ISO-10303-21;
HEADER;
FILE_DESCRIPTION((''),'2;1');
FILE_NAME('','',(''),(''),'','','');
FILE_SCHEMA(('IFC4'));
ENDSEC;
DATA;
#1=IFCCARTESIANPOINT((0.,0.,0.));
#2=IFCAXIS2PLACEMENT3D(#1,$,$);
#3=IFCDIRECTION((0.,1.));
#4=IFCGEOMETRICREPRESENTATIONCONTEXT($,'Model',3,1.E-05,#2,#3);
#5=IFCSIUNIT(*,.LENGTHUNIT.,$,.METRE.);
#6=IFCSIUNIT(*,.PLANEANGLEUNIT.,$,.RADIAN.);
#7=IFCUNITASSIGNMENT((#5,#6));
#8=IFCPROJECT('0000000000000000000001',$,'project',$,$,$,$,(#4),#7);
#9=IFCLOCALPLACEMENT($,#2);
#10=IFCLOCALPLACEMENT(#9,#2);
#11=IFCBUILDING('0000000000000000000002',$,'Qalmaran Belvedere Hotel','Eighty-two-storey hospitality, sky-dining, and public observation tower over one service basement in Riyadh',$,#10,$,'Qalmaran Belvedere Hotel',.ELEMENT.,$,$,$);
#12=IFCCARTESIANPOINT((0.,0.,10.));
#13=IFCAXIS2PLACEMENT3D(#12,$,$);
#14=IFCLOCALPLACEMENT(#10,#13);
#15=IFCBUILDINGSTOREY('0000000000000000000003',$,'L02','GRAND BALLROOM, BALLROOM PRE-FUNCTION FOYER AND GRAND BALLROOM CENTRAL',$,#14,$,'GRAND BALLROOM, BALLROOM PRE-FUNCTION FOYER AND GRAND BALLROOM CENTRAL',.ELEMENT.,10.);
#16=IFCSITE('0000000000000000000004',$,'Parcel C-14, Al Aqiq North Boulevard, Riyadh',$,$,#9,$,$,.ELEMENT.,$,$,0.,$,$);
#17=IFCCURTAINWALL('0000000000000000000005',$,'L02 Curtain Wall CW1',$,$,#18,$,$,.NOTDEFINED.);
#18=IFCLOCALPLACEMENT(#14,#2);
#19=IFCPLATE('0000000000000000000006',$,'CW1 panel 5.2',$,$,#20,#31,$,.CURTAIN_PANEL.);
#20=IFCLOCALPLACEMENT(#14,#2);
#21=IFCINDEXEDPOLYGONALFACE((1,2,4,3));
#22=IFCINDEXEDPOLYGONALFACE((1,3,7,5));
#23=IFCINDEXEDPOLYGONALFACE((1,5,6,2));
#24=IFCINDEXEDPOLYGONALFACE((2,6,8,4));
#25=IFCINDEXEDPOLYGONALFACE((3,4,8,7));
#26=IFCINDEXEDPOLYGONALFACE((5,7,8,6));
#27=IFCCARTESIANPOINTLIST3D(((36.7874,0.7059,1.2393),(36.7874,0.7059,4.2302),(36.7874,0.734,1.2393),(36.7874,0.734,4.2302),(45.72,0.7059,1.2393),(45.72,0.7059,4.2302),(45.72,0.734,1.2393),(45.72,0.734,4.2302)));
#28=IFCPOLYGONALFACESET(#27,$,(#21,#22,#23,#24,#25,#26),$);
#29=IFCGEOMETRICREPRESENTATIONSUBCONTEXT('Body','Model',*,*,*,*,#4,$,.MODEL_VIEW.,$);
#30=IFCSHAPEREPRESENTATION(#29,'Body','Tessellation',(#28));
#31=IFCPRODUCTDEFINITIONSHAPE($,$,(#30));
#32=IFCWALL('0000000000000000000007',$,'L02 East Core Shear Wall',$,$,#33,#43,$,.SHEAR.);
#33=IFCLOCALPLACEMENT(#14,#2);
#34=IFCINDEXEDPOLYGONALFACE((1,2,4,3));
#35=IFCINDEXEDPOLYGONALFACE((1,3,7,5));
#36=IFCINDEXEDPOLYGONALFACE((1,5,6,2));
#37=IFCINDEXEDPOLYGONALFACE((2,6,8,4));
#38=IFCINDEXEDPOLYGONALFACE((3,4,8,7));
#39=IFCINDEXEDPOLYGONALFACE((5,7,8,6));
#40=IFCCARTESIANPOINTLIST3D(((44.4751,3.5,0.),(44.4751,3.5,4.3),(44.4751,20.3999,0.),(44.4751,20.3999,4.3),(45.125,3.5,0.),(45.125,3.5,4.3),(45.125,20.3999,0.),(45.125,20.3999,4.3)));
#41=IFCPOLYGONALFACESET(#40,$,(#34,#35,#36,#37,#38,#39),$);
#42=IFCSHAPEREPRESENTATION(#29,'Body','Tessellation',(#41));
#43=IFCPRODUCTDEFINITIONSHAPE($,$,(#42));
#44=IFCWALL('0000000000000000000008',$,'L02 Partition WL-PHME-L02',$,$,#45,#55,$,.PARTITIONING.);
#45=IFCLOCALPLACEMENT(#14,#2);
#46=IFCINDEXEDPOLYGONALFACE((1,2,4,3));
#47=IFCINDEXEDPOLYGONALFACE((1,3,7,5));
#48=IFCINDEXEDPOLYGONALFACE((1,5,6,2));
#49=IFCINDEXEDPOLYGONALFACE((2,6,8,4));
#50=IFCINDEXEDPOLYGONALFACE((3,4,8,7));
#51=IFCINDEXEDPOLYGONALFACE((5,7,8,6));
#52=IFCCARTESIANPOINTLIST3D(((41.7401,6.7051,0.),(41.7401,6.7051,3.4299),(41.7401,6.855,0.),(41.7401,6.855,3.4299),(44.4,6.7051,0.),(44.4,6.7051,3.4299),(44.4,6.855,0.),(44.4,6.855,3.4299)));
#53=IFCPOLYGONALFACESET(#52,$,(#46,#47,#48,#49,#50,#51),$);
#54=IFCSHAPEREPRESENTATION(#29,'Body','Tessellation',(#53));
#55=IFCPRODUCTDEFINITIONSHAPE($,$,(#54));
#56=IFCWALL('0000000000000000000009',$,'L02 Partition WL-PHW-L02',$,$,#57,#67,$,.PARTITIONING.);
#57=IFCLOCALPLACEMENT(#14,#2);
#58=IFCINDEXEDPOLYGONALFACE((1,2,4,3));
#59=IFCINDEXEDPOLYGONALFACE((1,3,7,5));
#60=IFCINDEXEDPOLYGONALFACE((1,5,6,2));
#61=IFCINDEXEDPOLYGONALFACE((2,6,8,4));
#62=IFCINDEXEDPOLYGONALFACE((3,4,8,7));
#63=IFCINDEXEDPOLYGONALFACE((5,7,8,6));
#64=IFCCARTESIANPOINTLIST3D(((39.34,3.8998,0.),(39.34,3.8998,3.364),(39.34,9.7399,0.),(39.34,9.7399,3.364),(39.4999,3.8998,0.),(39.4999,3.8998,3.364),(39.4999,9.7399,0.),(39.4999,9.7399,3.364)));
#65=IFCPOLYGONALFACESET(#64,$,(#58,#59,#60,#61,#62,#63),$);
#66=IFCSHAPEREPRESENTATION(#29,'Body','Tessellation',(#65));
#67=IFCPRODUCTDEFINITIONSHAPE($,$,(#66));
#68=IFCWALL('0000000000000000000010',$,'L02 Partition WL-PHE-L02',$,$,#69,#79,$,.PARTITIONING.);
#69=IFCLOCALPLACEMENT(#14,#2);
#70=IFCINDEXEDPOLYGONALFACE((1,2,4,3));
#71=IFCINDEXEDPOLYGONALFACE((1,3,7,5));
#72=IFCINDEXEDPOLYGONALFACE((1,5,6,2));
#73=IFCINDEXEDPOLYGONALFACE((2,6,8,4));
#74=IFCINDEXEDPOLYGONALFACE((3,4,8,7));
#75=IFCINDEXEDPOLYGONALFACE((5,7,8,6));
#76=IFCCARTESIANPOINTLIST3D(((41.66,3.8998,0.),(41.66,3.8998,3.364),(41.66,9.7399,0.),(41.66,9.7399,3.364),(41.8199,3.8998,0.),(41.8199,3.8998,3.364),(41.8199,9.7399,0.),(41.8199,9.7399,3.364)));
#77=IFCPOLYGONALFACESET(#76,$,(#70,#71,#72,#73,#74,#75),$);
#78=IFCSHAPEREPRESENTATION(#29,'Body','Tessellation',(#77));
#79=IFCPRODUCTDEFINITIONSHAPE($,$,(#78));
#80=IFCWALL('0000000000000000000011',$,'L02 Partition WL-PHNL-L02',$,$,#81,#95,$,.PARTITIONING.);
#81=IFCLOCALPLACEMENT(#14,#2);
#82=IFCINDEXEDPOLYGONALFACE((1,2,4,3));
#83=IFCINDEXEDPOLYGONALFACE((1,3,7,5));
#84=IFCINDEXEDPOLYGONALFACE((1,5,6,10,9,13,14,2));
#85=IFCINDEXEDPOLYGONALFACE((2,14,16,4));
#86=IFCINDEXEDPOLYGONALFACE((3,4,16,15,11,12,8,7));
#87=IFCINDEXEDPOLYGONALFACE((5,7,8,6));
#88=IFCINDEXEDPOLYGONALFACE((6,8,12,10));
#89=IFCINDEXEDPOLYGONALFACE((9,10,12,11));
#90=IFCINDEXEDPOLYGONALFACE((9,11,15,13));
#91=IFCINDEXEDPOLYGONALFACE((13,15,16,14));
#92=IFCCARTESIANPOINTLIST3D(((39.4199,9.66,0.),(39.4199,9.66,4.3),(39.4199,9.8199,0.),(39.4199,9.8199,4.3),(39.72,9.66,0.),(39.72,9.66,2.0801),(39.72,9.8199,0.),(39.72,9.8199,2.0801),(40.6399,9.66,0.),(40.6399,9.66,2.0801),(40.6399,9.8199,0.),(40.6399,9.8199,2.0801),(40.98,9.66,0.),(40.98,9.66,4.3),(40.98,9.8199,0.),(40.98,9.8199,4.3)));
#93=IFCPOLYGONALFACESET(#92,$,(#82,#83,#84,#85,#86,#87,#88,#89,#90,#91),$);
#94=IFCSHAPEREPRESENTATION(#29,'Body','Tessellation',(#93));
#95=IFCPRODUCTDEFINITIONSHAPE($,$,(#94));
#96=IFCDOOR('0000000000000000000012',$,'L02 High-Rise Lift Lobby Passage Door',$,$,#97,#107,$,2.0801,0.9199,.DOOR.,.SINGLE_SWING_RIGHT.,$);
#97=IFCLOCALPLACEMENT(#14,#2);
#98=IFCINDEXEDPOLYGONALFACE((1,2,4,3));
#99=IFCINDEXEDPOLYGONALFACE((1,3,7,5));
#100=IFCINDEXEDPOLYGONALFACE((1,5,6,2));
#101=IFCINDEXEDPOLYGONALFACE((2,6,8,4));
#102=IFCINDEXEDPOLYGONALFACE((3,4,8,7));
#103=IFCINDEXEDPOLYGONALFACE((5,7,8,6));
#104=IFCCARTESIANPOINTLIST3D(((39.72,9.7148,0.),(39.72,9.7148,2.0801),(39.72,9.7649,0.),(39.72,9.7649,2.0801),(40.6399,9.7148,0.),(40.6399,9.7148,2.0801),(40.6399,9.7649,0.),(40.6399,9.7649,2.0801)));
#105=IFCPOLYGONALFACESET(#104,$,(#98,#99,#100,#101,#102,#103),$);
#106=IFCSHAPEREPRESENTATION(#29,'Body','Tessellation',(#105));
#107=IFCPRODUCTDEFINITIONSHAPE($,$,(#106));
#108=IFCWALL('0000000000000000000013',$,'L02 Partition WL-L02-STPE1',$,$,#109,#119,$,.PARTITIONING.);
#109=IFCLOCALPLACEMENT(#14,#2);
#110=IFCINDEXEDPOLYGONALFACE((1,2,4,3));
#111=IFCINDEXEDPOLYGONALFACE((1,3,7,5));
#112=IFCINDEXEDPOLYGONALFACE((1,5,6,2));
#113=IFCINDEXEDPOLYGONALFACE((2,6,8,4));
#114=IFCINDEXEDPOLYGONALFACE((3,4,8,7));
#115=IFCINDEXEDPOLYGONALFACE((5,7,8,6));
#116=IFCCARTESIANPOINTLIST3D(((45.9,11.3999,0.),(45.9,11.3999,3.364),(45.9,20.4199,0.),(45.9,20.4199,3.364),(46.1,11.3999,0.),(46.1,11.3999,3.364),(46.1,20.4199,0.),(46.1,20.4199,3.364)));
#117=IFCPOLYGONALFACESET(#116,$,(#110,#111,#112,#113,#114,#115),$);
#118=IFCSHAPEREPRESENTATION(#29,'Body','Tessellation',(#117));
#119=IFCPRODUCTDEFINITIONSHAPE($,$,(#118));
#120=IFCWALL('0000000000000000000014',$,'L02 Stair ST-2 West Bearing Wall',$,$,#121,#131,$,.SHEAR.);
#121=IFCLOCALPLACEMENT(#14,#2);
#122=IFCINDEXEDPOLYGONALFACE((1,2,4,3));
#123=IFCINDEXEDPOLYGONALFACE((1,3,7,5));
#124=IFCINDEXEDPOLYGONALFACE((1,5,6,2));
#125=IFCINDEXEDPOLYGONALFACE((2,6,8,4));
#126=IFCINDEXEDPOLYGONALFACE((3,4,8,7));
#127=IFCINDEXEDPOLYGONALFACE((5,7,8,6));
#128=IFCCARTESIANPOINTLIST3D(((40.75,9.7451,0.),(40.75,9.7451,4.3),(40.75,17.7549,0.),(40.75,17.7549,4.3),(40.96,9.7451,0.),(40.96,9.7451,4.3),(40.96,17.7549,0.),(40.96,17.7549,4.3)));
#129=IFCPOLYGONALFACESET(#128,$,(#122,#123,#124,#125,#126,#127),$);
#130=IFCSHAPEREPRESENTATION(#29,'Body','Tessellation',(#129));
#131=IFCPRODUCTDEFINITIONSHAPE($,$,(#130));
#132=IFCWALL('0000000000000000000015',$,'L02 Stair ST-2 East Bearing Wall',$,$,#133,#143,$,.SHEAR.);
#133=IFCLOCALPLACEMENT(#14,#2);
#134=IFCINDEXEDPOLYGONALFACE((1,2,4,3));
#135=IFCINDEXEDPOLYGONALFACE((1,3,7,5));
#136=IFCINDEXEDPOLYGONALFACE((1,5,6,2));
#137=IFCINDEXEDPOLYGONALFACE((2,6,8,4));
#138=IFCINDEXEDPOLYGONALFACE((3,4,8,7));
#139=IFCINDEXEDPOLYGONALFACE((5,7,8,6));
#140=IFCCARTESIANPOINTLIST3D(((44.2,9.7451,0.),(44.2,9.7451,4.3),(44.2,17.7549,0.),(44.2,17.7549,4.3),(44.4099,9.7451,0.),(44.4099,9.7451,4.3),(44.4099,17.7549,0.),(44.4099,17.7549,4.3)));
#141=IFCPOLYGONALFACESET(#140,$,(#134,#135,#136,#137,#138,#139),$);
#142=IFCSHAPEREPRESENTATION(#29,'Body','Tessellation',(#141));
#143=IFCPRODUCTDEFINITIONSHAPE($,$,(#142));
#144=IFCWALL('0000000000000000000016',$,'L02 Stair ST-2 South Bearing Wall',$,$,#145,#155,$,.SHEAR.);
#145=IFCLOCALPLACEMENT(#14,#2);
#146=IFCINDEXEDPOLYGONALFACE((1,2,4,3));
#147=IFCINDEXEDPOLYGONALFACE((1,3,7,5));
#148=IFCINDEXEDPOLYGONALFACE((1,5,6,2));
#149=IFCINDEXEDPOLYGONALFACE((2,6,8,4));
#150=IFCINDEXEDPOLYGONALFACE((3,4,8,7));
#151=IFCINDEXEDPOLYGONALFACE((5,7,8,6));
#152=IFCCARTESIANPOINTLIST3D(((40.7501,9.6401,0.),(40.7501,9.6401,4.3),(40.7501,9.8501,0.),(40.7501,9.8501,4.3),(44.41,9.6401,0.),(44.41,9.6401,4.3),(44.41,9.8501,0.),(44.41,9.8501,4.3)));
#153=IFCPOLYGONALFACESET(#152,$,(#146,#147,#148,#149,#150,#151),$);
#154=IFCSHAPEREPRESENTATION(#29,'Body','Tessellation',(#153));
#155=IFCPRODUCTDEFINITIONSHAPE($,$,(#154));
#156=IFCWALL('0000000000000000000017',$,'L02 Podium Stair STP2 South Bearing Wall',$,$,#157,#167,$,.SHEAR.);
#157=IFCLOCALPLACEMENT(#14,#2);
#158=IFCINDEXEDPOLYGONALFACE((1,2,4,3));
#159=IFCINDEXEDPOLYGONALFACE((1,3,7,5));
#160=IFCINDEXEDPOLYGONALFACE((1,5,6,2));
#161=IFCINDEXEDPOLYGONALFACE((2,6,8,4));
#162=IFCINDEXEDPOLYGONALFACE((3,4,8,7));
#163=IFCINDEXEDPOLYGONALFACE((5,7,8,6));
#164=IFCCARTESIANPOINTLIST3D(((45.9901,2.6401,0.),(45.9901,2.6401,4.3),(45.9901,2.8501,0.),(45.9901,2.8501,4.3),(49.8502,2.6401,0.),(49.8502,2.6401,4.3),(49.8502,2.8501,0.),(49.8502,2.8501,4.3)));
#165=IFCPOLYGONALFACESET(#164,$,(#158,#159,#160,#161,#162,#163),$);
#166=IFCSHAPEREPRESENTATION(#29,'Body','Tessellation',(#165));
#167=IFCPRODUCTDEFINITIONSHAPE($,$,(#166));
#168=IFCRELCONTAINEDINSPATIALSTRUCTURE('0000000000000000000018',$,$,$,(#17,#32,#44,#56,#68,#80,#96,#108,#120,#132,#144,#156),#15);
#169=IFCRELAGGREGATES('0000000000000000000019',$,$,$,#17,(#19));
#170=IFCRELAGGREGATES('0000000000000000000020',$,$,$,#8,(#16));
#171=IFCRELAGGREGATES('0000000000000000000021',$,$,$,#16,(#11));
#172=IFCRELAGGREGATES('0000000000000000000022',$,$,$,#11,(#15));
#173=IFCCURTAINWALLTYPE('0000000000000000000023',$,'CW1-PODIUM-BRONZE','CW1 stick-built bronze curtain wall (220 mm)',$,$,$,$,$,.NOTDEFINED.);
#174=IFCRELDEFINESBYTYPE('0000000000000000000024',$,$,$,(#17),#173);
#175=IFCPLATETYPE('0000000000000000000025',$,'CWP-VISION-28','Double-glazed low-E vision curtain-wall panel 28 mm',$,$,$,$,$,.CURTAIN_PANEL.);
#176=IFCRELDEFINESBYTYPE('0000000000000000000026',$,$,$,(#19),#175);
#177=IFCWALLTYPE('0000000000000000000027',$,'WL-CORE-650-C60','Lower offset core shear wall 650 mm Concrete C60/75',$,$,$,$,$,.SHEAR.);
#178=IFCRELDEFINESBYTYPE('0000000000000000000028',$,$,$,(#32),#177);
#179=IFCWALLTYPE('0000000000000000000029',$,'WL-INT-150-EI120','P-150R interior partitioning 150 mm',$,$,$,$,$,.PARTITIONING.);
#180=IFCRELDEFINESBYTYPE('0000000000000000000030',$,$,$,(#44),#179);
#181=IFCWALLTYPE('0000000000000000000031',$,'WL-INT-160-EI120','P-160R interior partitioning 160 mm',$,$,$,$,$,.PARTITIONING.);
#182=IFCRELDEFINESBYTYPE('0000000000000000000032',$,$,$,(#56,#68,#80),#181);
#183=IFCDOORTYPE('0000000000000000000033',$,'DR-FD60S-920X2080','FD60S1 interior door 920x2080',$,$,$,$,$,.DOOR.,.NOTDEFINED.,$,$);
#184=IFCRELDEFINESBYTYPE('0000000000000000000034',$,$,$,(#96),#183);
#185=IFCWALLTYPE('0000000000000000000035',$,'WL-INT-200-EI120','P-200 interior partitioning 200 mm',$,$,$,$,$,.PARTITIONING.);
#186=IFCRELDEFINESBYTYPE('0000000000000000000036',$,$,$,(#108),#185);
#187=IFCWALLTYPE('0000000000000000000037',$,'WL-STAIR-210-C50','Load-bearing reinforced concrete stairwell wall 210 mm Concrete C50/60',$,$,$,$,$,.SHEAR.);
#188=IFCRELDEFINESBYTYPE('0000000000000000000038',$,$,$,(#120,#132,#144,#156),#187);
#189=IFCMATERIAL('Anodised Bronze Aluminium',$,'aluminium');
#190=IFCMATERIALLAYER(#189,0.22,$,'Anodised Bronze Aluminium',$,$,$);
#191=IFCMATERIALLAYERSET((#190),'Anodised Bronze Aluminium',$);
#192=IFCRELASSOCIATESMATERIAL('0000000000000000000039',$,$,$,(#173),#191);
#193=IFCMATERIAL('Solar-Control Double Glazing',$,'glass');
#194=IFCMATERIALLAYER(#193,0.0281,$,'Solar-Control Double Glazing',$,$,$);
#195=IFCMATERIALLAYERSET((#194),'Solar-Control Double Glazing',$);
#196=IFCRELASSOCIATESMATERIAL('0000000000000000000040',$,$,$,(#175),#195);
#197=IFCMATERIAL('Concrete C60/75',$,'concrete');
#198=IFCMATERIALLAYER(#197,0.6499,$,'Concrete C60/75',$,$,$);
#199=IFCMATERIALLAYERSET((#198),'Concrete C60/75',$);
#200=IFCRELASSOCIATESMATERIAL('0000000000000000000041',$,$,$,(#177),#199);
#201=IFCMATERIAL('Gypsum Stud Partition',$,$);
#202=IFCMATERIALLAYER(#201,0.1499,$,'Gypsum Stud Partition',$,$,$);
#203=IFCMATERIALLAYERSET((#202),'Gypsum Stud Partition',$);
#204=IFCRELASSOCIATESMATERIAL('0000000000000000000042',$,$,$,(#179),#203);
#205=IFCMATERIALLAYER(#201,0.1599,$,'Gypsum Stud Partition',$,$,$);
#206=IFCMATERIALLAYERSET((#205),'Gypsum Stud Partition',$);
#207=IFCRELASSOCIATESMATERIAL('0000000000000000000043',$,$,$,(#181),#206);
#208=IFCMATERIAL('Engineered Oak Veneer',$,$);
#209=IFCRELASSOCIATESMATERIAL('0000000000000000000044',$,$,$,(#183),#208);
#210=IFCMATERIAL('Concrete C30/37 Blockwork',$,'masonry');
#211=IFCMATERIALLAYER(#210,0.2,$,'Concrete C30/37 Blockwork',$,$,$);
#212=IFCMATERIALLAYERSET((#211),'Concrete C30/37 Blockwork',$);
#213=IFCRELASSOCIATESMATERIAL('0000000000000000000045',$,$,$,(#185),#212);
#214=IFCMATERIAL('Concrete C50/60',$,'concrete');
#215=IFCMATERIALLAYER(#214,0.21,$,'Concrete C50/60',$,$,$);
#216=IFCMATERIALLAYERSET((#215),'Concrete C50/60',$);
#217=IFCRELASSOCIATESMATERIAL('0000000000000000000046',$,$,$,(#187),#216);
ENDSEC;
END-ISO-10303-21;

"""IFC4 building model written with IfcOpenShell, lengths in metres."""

from ifc_helpers import new_model, si_unit, direction, frame, frame_2d, origin, origin_2d, place, context, subcontext, project, spatial, rectangle, extrude, material, layer, layer_set, type_object, element, fill, aggregate, save


model = new_model("IFC4")

# Units and contexts
model_context = context("Model", 3, precision=1e-05, world=origin(), true_north=direction((0.0, 1.0)))
body_context = subcontext(model_context, "Body", "Model", "MODEL_VIEW")
ifc_project = project(units=[si_unit("LENGTHUNIT", "METRE"), si_unit("PLANEANGLEUNIT", "RADIAN")], contexts=[model_context])

# Site, building, storey
site_placement = place(None, origin())
site = spatial("IfcSite", under=ifc_project, at=site_placement, Name="Parcel C-14, Al Aqiq North Boulevard, Riyadh", CompositionType="ELEMENT", RefElevation=0.0)
building_placement = place(site_placement, origin())
building = spatial("IfcBuilding", under=site, at=building_placement, Name="Qalmaran Belvedere Hotel", Description="Eighty-two-storey hospitality, sky-dining, and public observation tower over one service basement in Riyadh", LongName="Qalmaran Belvedere Hotel", CompositionType="ELEMENT")
storey_placement = place(building_placement, frame((0.0, 0.0, 10.0)))
storey = spatial("IfcBuildingStorey", under=building, at=storey_placement, Name="L02", Description="GRAND BALLROOM, BALLROOM PRE-FUNCTION FOYER AND GRAND BALLROOM CENTRAL", LongName="GRAND BALLROOM, BALLROOM PRE-FUNCTION FOYER AND GRAND BALLROOM CENTRAL", CompositionType="ELEMENT", Elevation=10.0)

# Shared definitions
ifc_material_1 = material(Name="Concrete C60/75", Category="concrete")

# Curtain wall, plate
ifc_material_2 = material(Name="Anodised Bronze Aluminium", Category="aluminium")
ifc_layer_1 = layer(ifc_material_2, 0.22, Name="Anodised Bronze Aluminium")
ifc_layer_set_1 = layer_set([ifc_layer_1], Name="Anodised Bronze Aluminium")
curtain_wall_type = type_object("IfcCurtainWallType", Name="CW1-PODIUM-BRONZE", Description="CW1 stick-built bronze curtain wall (220 mm)", PredefinedType="NOTDEFINED", material=ifc_layer_set_1)
curtain_wall_placement = place(storey_placement, origin())
curtain_wall = element("IfcCurtainWall", 1, at=curtain_wall_placement, inside=storey, type_object=curtain_wall_type, Name="L02 Curtain Wall CW1", PredefinedType="NOTDEFINED")
ifc_material_3 = material(Name="Solar-Control Double Glazing", Category="glass")
ifc_layer_2 = layer(ifc_material_3, 0.0281, Name="Solar-Control Double Glazing")
ifc_layer_set_2 = layer_set([ifc_layer_2], Name="Solar-Control Double Glazing")
plate_type_1 = type_object("IfcPlateType", Name="CWP-VISION-28", Description="Double-glazed low-E vision curtain-wall panel 28 mm", PredefinedType="CURTAIN_PANEL", material=ifc_layer_set_2)
plate_1_placement = place(storey_placement, frame((41.2537, 0.72, 1.2393), z_axis=(0.0, 0.0, 1.0), x_axis=(1.0, 0.0, 0.0)))
plate_1 = element("IfcPlate", 2, at=plate_1_placement, type_object=plate_type_1, Name="CW1 panel 5.2", PredefinedType="CURTAIN_PANEL", context=body_context, shape_type="SweptSolid", body=[
    extrude(rectangle(XDim=8.9326, YDim=0.0281, at=origin_2d()), origin(), (0.0, 0.0, 1.0), 2.991),
])
aggregate(curtain_wall, [plate_1])

# Walls
ifc_layer_3 = layer(ifc_material_1, 0.6499, Name="Concrete C60/75")
ifc_layer_set_3 = layer_set([ifc_layer_3], Name="Concrete C60/75")
wall_type_1 = type_object("IfcWallType", Name="WL-CORE-650-C60", Description="Lower offset core shear wall 650 mm Concrete C60/75", PredefinedType="SHEAR", material=ifc_layer_set_3)
wall_1_placement = place(storey_placement, frame((44.8, 3.5, 0.0), z_axis=(0.0, 0.0, 1.0), x_axis=(0.0, 1.0, 0.0)))
element("IfcWall", 3, at=wall_1_placement, inside=storey, type_object=wall_type_1, Name="L02 East Core Shear Wall", PredefinedType="SHEAR", context=body_context, shape_type="SweptSolid", body=[
    extrude(rectangle(XDim=16.8999, YDim=0.6499, at=frame_2d((8.45, 0.0))), origin(), (0.0, 0.0, 1.0), 4.3),
])
ifc_material_4 = material(Name="Gypsum Stud Partition")
ifc_layer_4 = layer(ifc_material_4, 0.1499, Name="Gypsum Stud Partition")
ifc_layer_set_4 = layer_set([ifc_layer_4], Name="Gypsum Stud Partition")
wall_type_2 = type_object("IfcWallType", Name="WL-INT-150-EI120", Description="P-150R interior partitioning 150 mm", PredefinedType="PARTITIONING", material=ifc_layer_set_4)
wall_2_placement = place(storey_placement, frame((41.74, 6.78, 0.0), z_axis=(0.0, 0.0, 1.0), x_axis=(1.0, 0.0, 0.0)))
element("IfcWall", 4, at=wall_2_placement, inside=storey, type_object=wall_type_2, Name="L02 Partition WL-PHME-L02", PredefinedType="PARTITIONING", context=body_context, shape_type="SweptSolid", body=[
    extrude(rectangle(XDim=2.6599, YDim=0.1499, at=frame_2d((1.3301, 0.0))), origin(), (0.0, 0.0, 1.0), 3.4299),
])
ifc_layer_5 = layer(ifc_material_4, 0.1599, Name="Gypsum Stud Partition")
ifc_layer_set_5 = layer_set([ifc_layer_5], Name="Gypsum Stud Partition")
wall_type_3 = type_object("IfcWallType", Name="WL-INT-160-EI120", Description="P-160R interior partitioning 160 mm", PredefinedType="PARTITIONING", material=ifc_layer_set_5)
for number, where, z_axis, x_axis, name in (
    (5, (39.4199, 3.8999, 0.0), (0.0, 0.0, 1.0), (0.0, 1.0, 0.0), "L02 Partition WL-PHW-L02"),
    (6, (41.74, 3.8999, 0.0), (0.0, 0.0, 1.0), (0.0, 1.0, 0.0), "L02 Partition WL-PHE-L02"),
):
    element("IfcWall", number, at=place(storey_placement, frame(where, z_axis=z_axis, x_axis=x_axis)), inside=storey, type_object=wall_type_3, Name=name, PredefinedType="PARTITIONING", context=body_context, shape_type="SweptSolid", body=[
        extrude(rectangle(XDim=5.8401, YDim=0.1599, at=frame_2d((2.9199, 0.0))), origin(), (0.0, 0.0, 1.0), 3.364),
    ])

# Wall, opening, door
wall_3_placement = place(storey_placement, frame((39.4199, 9.74, 0.0), z_axis=(0.0, 0.0, 1.0), x_axis=(1.0, 0.0, 0.0)))
wall_3 = element("IfcWall", 7, at=wall_3_placement, inside=storey, type_object=wall_type_3, Name="L02 Partition WL-PHNL-L02", PredefinedType="PARTITIONING", context=body_context, shape_type="SweptSolid", body=[
    extrude(rectangle(XDim=1.5601, YDim=0.1599, at=frame_2d((0.78, 0.0))), origin(), (0.0, 0.0, 1.0), 4.3),
])
opening_1_placement = place(wall_3_placement, frame((0.3, 0.0, 0.0)))
opening_1 = element("IfcOpeningElement", 8, at=opening_1_placement, cuts=wall_3, PredefinedType="OPENING", context=body_context, shape_type="SweptSolid", body=[
    extrude(rectangle(XDim=0.9199, YDim=2.0801, at=frame_2d((0.46, 1.04))), frame((0.0, 0.0898, 0.0), z_axis=(0.0, -1.0, 0.0), x_axis=(1.0, 0.0, 0.0)), (0.0, 0.0, 1.0), 0.1799),
])
ifc_material_5 = material(Name="Engineered Oak Veneer")
door_type_1 = type_object("IfcDoorType", Name="DR-FD60S-920X2080", Description="FD60S1 interior door 920x2080", OperationType="NOTDEFINED", PredefinedType="DOOR", material=ifc_material_5)
door_1_placement = place(opening_1_placement, origin())
door_1 = element("IfcDoor", 9, at=door_1_placement, inside=storey, type_object=door_type_1, Name="L02 High-Rise Lift Lobby Passage Door", OperationType="SINGLE_SWING_RIGHT", OverallHeight=2.0801, OverallWidth=0.9199, PredefinedType="DOOR", context=body_context, shape_type="SweptSolid", body=[
    extrude(rectangle(XDim=0.9199, YDim=2.0801, at=frame_2d((0.46, 1.04))), frame((0.0, 0.0249, 0.0), z_axis=(0.0, -1.0, 0.0), x_axis=(1.0, 0.0, 0.0)), (0.0, 0.0, 1.0), 0.05),
])
fill(opening_1, door_1)

# Walls
ifc_material_6 = material(Name="Concrete C30/37 Blockwork", Category="masonry")
ifc_layer_6 = layer(ifc_material_6, 0.2, Name="Concrete C30/37 Blockwork")
ifc_layer_set_6 = layer_set([ifc_layer_6], Name="Concrete C30/37 Blockwork")
wall_type_4 = type_object("IfcWallType", Name="WL-INT-200-EI120", Description="P-200 interior partitioning 200 mm", PredefinedType="PARTITIONING", material=ifc_layer_set_6)
wall_4_placement = place(storey_placement, frame((46.0, 11.3999, 0.0), z_axis=(0.0, 0.0, 1.0), x_axis=(0.0, 1.0, 0.0)))
element("IfcWall", 10, at=wall_4_placement, inside=storey, type_object=wall_type_4, Name="L02 Partition WL-L02-STPE1", PredefinedType="PARTITIONING", context=body_context, shape_type="SweptSolid", body=[
    extrude(rectangle(XDim=9.02, YDim=0.2, at=frame_2d((4.51, 0.0))), origin(), (0.0, 0.0, 1.0), 3.364),
])
ifc_material_7 = material(Name="Concrete C50/60", Category="concrete")
ifc_layer_7 = layer(ifc_material_7, 0.21, Name="Concrete C50/60")
ifc_layer_set_7 = layer_set([ifc_layer_7], Name="Concrete C50/60")
wall_type_5 = type_object("IfcWallType", Name="WL-STAIR-210-C50", Description="Load-bearing reinforced concrete stairwell wall 210 mm Concrete C50/60", PredefinedType="SHEAR", material=ifc_layer_set_7)
for number, where, z_axis, x_axis, name in (
    (11, (40.855, 9.7451, 0.0), (0.0, 0.0, 1.0), (0.0, 1.0, 0.0), "L02 Stair ST-2 West Bearing Wall"),
    (12, (44.3049, 9.7451, 0.0), (0.0, 0.0, 1.0), (0.0, 1.0, 0.0), "L02 Stair ST-2 East Bearing Wall"),
):
    element("IfcWall", number, at=place(storey_placement, frame(where, z_axis=z_axis, x_axis=x_axis)), inside=storey, type_object=wall_type_5, Name=name, PredefinedType="SHEAR", context=body_context, shape_type="SweptSolid", body=[
        extrude(rectangle(XDim=8.0098, YDim=0.21, at=frame_2d((4.0049, 0.0))), origin(), (0.0, 0.0, 1.0), 4.3),
    ])
wall_5_placement = place(storey_placement, frame((40.75, 9.7451, 0.0), z_axis=(0.0, 0.0, 1.0), x_axis=(1.0, 0.0, 0.0)))
element("IfcWall", 13, at=wall_5_placement, inside=storey, type_object=wall_type_5, Name="L02 Stair ST-2 South Bearing Wall", PredefinedType="SHEAR", context=body_context, shape_type="SweptSolid", body=[
    extrude(rectangle(XDim=3.6599, YDim=0.21, at=frame_2d((1.8301, 0.0))), origin(), (0.0, 0.0, 1.0), 4.3),
])
wall_6_placement = place(storey_placement, frame((45.99, 2.7451, 0.0), z_axis=(0.0, 0.0, 1.0), x_axis=(1.0, 0.0, 0.0)))
element("IfcWall", 14, at=wall_6_placement, inside=storey, type_object=wall_type_5, Name="L02 Podium Stair STP2 South Bearing Wall", PredefinedType="SHEAR", context=body_context, shape_type="SweptSolid", body=[
    extrude(rectangle(XDim=3.8601, YDim=0.21, at=frame_2d((1.9302, 0.0))), origin(), (0.0, 0.0, 1.0), 4.3),
])

save(model, "model.ifc")
